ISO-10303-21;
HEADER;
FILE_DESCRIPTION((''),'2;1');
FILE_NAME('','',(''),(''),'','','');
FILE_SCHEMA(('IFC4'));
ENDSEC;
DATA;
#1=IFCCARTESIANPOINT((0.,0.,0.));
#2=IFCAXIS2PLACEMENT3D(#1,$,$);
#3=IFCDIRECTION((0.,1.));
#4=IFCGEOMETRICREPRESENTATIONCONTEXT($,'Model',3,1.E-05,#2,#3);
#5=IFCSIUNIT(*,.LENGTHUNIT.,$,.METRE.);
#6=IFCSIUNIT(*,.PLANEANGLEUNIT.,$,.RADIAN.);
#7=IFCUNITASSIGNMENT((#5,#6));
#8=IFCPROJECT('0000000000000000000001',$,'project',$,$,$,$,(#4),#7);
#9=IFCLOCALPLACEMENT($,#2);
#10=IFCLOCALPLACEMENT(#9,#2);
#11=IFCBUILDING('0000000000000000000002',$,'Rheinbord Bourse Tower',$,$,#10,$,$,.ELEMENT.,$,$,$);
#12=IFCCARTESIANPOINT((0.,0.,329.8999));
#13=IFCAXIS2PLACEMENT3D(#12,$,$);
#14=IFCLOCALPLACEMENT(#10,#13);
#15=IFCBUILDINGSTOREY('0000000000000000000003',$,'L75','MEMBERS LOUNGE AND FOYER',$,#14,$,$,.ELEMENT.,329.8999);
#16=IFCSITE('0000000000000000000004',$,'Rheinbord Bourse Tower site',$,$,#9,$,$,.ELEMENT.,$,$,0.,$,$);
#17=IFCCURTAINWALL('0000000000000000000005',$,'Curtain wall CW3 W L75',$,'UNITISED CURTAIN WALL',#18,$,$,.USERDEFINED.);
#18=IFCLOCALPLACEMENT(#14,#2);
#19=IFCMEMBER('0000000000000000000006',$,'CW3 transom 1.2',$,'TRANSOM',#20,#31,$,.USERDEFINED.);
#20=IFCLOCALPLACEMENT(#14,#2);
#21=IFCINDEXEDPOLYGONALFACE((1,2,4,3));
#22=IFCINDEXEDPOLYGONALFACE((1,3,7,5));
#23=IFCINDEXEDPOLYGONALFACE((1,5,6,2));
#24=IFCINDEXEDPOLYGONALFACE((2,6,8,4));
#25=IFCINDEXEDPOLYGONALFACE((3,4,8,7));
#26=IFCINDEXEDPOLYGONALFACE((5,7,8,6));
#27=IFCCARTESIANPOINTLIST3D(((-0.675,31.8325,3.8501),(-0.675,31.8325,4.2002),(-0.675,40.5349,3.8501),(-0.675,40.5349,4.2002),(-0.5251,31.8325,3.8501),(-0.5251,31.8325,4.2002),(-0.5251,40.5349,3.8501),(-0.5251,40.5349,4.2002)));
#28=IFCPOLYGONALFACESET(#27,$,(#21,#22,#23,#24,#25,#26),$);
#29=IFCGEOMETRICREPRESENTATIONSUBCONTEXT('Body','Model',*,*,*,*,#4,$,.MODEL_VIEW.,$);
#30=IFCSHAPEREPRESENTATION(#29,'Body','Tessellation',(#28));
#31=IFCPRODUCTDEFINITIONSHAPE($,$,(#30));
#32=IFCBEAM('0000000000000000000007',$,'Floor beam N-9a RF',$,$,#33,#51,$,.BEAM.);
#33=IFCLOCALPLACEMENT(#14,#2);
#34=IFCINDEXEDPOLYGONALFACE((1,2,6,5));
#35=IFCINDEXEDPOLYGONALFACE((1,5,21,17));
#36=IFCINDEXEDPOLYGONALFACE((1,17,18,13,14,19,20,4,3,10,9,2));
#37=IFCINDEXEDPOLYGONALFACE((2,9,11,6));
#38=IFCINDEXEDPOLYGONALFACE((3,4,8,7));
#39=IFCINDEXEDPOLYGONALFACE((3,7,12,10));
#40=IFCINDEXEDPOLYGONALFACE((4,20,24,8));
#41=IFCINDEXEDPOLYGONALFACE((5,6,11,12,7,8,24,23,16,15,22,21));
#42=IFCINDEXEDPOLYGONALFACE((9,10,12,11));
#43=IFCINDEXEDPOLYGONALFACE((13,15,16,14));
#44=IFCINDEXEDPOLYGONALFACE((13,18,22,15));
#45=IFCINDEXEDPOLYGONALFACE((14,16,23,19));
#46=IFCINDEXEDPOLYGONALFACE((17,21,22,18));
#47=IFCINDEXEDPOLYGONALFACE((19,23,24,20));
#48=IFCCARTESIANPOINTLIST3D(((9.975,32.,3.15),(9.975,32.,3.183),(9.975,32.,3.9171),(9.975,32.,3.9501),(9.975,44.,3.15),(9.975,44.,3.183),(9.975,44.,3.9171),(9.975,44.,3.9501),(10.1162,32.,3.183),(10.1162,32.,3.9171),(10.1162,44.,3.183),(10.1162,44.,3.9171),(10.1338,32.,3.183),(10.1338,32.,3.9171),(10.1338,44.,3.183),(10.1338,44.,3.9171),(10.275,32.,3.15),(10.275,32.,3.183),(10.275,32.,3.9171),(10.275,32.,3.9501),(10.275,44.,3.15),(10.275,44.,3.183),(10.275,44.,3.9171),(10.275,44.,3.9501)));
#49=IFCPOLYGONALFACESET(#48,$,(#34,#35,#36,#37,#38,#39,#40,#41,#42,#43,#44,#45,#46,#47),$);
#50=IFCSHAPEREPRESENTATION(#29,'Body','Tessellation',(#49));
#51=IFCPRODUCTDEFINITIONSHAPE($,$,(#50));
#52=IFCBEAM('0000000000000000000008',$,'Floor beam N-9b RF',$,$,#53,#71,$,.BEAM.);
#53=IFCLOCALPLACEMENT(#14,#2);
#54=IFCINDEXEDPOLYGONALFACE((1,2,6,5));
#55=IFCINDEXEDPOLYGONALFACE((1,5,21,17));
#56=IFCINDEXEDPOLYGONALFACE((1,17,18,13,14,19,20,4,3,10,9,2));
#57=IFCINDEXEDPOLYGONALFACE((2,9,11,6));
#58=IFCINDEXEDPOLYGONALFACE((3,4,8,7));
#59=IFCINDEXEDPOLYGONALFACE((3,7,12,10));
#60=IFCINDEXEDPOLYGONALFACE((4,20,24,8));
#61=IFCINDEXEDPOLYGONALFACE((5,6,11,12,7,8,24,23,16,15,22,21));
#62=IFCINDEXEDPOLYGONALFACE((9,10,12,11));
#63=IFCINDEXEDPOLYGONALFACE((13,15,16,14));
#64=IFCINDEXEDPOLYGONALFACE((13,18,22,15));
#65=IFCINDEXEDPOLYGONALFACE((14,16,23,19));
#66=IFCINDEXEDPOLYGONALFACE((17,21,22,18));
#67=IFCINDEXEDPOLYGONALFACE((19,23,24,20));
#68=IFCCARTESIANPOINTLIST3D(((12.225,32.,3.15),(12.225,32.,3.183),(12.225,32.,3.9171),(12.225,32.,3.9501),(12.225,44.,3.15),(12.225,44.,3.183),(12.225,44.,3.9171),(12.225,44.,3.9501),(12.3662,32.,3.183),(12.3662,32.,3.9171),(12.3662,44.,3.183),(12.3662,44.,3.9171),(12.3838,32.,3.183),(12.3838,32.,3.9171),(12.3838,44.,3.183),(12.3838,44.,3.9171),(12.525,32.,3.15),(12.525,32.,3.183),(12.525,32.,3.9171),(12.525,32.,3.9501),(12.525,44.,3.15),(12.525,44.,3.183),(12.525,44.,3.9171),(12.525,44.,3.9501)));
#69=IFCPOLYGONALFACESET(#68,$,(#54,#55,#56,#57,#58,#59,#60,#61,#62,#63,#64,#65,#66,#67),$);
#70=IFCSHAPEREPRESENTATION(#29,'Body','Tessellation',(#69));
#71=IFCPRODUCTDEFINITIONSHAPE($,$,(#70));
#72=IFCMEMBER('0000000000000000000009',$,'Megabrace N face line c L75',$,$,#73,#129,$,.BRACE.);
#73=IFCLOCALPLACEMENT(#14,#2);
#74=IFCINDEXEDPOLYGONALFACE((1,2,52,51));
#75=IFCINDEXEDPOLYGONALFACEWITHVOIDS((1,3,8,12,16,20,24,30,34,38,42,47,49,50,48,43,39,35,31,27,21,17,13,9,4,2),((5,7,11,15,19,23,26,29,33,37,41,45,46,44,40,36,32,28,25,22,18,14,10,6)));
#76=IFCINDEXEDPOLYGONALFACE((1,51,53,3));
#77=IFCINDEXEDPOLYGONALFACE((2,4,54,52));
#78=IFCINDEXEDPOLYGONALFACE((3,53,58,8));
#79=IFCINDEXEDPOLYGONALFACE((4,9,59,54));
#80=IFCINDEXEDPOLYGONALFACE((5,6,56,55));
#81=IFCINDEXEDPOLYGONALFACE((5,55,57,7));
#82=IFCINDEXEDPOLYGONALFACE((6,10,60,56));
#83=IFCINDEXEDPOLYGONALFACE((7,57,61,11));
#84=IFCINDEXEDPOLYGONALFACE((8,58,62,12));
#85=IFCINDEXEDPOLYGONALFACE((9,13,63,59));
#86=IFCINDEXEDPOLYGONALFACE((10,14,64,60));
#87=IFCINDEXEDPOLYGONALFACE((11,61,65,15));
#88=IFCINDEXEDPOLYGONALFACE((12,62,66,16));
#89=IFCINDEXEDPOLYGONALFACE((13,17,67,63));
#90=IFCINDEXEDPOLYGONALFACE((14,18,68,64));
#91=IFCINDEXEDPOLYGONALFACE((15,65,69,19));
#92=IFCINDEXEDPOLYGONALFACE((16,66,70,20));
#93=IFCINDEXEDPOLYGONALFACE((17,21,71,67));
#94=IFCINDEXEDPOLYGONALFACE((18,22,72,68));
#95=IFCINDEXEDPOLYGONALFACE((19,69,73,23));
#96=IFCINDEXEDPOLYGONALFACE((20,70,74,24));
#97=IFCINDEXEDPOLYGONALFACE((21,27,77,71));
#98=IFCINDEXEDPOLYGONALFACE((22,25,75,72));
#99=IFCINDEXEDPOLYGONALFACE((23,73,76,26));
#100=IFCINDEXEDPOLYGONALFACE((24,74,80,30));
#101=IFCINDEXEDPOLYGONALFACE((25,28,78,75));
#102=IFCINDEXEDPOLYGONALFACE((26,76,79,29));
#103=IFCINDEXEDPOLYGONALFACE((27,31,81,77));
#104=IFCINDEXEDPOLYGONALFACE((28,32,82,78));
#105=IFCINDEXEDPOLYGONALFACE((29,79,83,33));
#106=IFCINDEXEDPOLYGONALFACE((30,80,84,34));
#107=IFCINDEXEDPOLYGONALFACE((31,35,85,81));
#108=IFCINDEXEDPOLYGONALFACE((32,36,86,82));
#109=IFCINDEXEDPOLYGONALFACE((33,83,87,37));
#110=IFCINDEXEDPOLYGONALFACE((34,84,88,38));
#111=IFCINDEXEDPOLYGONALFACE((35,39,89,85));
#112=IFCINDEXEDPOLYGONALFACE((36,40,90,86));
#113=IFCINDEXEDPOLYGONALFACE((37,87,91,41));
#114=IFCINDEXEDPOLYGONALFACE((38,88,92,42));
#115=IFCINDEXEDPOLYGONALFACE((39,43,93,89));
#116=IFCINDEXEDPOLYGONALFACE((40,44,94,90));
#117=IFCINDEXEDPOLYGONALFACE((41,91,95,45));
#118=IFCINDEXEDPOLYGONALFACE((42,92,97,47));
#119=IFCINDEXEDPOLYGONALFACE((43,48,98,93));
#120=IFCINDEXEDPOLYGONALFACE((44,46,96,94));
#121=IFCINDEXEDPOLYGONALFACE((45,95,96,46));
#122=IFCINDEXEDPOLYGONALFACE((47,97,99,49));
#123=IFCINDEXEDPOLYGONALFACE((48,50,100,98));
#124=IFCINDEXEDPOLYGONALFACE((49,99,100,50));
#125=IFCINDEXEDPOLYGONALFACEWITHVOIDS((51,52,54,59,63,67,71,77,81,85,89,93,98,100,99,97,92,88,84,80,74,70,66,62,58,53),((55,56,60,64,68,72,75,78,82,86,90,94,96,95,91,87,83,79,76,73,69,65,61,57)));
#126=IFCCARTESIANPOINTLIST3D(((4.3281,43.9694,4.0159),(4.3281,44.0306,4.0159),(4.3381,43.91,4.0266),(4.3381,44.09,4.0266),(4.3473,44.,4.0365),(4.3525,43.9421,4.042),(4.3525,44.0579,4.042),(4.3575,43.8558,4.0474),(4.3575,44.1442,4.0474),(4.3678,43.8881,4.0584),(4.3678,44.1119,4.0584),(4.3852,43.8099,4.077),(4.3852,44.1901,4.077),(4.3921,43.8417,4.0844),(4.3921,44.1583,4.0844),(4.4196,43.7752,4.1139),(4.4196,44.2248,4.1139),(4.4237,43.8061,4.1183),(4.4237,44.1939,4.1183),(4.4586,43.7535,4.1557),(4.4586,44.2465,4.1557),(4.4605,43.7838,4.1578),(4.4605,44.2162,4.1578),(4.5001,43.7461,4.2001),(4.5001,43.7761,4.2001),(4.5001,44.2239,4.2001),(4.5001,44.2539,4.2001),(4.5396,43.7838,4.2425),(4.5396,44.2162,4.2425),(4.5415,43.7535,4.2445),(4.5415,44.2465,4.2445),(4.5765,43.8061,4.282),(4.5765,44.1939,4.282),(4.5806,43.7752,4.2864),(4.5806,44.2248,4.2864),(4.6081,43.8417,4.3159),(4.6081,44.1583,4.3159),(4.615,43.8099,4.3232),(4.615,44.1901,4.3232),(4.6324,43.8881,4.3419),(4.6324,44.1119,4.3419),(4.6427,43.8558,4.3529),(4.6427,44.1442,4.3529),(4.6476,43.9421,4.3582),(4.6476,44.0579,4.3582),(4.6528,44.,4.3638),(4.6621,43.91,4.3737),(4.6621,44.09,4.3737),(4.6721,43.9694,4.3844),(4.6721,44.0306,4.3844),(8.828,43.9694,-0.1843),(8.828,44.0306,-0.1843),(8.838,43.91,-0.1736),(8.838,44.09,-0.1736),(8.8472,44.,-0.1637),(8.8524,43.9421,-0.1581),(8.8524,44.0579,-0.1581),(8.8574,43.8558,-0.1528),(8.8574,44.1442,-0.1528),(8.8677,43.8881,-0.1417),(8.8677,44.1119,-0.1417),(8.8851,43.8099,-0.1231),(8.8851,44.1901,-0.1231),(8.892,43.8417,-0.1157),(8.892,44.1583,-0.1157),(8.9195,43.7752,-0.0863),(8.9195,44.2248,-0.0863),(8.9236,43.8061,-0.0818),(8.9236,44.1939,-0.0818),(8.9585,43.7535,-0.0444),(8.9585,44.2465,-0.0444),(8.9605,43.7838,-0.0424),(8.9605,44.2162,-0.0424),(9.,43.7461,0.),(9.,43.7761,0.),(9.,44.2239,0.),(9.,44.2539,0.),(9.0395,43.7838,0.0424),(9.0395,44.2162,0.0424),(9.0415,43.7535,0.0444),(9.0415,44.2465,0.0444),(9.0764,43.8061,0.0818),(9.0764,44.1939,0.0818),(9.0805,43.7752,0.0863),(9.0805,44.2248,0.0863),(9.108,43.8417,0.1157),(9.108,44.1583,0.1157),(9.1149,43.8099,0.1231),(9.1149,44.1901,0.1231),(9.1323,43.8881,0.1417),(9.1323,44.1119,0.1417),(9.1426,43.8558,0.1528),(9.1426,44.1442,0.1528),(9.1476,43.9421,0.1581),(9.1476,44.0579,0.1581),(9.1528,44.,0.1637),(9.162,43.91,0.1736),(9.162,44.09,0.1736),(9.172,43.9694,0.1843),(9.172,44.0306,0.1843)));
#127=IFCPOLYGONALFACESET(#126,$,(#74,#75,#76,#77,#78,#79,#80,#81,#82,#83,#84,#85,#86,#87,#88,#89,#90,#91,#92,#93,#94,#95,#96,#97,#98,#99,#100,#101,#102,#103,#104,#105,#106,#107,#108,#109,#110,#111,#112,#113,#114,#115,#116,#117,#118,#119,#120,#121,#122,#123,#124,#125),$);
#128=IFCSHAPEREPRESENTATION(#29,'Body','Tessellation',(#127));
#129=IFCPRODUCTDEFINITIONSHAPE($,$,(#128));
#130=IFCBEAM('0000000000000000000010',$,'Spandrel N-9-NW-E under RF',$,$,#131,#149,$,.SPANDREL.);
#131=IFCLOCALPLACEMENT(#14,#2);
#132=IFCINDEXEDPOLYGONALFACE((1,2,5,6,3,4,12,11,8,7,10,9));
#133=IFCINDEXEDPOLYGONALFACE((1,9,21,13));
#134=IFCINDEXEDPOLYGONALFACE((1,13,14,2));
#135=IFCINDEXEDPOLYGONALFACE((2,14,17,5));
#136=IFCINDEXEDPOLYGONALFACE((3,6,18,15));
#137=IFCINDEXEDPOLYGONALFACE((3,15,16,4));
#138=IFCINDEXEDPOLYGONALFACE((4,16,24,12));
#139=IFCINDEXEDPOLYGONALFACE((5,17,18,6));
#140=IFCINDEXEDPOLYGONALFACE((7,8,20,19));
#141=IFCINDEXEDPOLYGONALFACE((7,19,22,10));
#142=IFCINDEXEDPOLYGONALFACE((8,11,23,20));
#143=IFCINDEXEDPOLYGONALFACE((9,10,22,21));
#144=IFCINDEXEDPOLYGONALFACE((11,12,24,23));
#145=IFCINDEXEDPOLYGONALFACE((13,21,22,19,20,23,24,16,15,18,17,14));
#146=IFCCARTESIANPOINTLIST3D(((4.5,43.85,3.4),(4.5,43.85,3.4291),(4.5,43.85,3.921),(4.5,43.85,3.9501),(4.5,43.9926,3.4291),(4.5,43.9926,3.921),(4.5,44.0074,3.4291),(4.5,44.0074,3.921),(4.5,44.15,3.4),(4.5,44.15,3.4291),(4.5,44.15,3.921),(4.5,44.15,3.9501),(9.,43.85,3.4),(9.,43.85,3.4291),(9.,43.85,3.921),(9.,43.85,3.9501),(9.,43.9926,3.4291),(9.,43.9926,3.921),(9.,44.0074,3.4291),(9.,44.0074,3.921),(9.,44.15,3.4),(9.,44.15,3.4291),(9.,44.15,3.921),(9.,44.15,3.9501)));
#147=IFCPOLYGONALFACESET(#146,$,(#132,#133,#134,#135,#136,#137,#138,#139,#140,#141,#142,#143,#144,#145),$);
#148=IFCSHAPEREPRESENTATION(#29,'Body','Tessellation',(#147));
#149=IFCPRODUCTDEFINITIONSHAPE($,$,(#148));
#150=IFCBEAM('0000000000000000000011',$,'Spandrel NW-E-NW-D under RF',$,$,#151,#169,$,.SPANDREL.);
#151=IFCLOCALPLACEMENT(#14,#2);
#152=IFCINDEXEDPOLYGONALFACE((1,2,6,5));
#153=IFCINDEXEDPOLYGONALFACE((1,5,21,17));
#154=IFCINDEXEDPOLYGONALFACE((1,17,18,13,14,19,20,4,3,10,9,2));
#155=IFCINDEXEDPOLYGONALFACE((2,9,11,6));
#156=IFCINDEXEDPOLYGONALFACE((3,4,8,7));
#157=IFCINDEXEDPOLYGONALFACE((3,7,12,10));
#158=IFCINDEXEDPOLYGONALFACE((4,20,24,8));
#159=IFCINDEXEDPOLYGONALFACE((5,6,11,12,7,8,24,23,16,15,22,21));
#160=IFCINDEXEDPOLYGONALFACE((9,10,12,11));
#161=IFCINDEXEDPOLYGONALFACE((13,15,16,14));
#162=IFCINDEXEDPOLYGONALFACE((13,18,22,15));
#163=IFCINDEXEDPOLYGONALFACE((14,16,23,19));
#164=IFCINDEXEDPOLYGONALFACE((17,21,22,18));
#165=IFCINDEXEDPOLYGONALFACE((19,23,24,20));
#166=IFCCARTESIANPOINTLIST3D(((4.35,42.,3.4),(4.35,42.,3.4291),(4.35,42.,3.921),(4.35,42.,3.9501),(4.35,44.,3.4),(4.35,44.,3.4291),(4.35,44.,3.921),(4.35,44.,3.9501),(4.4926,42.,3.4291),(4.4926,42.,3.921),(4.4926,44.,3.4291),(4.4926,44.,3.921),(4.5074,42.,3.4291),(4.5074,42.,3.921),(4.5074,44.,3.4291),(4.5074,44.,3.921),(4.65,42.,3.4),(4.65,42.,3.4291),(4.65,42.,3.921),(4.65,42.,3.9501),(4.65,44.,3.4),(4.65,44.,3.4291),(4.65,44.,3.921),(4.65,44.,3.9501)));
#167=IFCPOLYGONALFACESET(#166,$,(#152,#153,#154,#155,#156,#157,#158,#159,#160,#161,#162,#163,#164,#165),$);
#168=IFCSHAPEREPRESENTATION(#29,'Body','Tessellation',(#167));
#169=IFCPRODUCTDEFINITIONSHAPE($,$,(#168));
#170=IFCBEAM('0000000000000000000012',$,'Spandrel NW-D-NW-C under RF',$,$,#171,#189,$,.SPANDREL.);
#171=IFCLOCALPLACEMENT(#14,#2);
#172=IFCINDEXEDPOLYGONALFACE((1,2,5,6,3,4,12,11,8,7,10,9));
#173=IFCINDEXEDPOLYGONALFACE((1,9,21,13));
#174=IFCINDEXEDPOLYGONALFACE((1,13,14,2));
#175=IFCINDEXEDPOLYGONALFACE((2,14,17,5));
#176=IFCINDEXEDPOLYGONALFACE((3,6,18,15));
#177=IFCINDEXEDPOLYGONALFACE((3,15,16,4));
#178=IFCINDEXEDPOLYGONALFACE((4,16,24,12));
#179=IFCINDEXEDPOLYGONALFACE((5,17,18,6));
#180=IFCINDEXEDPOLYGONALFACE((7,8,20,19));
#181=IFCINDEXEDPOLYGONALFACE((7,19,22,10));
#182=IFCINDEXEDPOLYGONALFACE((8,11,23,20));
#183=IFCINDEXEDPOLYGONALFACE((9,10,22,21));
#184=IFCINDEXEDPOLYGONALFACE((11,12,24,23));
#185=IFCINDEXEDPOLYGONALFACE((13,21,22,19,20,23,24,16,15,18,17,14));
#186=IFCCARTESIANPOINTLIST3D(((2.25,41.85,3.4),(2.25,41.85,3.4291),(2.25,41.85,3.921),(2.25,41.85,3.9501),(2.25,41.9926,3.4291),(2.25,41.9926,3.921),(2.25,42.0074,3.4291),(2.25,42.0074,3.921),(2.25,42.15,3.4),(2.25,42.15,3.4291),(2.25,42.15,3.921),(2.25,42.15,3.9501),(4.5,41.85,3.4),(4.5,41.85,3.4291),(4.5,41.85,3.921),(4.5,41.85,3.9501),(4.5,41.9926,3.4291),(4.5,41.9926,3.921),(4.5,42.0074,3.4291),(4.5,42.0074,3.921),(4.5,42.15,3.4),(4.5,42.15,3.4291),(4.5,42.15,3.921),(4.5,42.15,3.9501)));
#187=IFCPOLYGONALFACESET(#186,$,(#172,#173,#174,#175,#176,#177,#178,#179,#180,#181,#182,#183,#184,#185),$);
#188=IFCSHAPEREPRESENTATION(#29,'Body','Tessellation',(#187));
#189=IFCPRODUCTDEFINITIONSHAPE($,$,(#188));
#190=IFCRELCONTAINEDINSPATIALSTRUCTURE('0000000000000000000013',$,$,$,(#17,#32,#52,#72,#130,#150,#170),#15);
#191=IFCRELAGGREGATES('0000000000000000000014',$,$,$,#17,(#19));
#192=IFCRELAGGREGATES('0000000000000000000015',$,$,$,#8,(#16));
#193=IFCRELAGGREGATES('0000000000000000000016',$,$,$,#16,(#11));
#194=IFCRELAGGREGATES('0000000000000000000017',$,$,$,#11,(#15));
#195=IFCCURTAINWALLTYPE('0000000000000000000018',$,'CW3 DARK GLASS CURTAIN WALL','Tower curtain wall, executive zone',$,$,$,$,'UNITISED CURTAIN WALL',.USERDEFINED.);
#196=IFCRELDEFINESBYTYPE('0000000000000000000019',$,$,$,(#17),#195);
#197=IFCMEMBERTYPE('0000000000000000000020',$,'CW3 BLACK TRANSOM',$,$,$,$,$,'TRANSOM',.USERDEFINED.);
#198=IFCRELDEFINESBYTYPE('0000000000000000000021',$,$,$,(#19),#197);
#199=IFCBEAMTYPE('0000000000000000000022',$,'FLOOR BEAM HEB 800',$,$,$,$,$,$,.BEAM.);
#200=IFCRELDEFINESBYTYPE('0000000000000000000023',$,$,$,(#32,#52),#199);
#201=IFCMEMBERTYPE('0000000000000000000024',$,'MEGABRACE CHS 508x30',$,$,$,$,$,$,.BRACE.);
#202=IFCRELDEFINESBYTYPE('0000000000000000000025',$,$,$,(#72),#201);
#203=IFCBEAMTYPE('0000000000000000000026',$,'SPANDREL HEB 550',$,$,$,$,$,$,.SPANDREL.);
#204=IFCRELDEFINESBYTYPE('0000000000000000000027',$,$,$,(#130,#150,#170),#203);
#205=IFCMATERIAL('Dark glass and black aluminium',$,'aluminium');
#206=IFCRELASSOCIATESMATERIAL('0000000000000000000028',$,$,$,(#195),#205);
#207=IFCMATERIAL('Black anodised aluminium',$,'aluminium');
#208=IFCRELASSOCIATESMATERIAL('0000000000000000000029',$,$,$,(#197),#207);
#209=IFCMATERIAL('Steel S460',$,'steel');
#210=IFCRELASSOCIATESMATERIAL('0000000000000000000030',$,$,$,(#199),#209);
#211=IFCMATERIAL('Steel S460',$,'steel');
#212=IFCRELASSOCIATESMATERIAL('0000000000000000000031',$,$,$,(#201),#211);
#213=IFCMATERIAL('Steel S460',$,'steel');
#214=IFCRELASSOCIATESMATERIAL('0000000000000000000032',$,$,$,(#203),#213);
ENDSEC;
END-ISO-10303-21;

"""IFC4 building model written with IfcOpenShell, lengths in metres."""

from ifc_helpers import new_model, si_unit, direction, frame, origin, origin_2d, place, context, subcontext, project, spatial, rectangle, hollow_circle, i_section, extrude, material, material_profile, profile_set, type_object, element, aggregate, save


model = new_model("IFC4")

# Units and contexts
model_context = context("Model", 3, precision=1e-05, world=origin(), true_north=direction((0.0, 1.0)))
body_context = subcontext(model_context, "Body", "Model", "MODEL_VIEW")
ifc_project = project(units=[si_unit("LENGTHUNIT", "METRE"), si_unit("PLANEANGLEUNIT", "RADIAN")], contexts=[model_context])

# Site, building, storey
site_placement = place(None, origin())
site = spatial("IfcSite", under=ifc_project, at=site_placement, Name="Rheinbord Bourse Tower site", CompositionType="ELEMENT", RefElevation=0.0)
building_placement = place(site_placement, origin())
building = spatial("IfcBuilding", under=site, at=building_placement, Name="Rheinbord Bourse Tower", CompositionType="ELEMENT")
storey_placement = place(building_placement, frame((0.0, 0.0, 329.8999)))
storey = spatial("IfcBuildingStorey", under=building, at=storey_placement, Name="L75", Description="MEMBERS LOUNGE AND FOYER", CompositionType="ELEMENT", Elevation=329.8999)

# Shared definitions
ifc_material_1 = material(Name="Dark glass and black aluminium", Category="aluminium")
curtain_wall_type = type_object("IfcCurtainWallType", Name="CW3 DARK GLASS CURTAIN WALL", Description="Tower curtain wall, executive zone", ElementType="UNITISED CURTAIN WALL", PredefinedType="USERDEFINED", material=ifc_material_1)

# Curtain wall
curtain_wall_1_placement = place(storey_placement, origin())
curtain_wall_1 = element("IfcCurtainWall", 1, at=curtain_wall_1_placement, inside=storey, type_object=curtain_wall_type, Name="Curtain wall CW3 W L75", ObjectType="UNITISED CURTAIN WALL", PredefinedType="USERDEFINED")

# Member
ifc_material_2 = material(Name="Black anodised aluminium", Category="aluminium")
ifc_material_profile_1 = material_profile(ifc_material_2, rectangle(XDim=0.1499, YDim=0.3501, at=origin_2d()), Name="CW3 TRANSOM 350x150")
ifc_profile_set_1 = profile_set([ifc_material_profile_1], Name="Black anodised aluminium")
member_type_1 = type_object("IfcMemberType", Name="CW3 BLACK TRANSOM", ElementType="TRANSOM", PredefinedType="USERDEFINED", material=ifc_profile_set_1)
member_1_placement = place(storey_placement, frame((-0.6001, 40.5349, 4.0251), z_axis=(0.0, -1.0, 0.0), x_axis=(1.0, 0.0, 0.0)))
member_1 = element("IfcMember", 2, at=member_1_placement, type_object=member_type_1, Name="CW3 transom 1.2", ObjectType="TRANSOM", PredefinedType="USERDEFINED", context=body_context, shape_type="SweptSolid", body=[
    extrude(rectangle(XDim=0.1499, YDim=0.3501, at=origin_2d()), origin(), (0.0, 0.0, 1.0), 8.7024),
])

# Beams
ifc_material_3 = material(Name="Steel S460", Category="steel")
ifc_material_profile_2 = material_profile(ifc_material_3, i_section(OverallWidth=0.3, OverallDepth=0.8, WebThickness=0.0176, FlangeThickness=0.033, at=origin_2d()), Name="HEB 800")
ifc_profile_set_2 = profile_set([ifc_material_profile_2], Name="Steel S460")
beam_type_1 = type_object("IfcBeamType", Name="FLOOR BEAM HEB 800", PredefinedType="BEAM", material=ifc_profile_set_2)
for number, where, z_axis, x_axis, name in (
    (3, (10.125, 44.0, 3.55), (0.0, -1.0, 0.0), (1.0, 0.0, 0.0), "Floor beam N-9a RF"),
    (4, (12.375, 44.0, 3.55), (0.0, -1.0, 0.0), (1.0, 0.0, 0.0), "Floor beam N-9b RF"),
):
    element("IfcBeam", number, at=place(storey_placement, frame(where, z_axis=z_axis, x_axis=x_axis)), inside=storey, type_object=beam_type_1, Name=name, PredefinedType="BEAM", context=body_context, shape_type="SweptSolid", body=[
        extrude(i_section(OverallWidth=0.3, OverallDepth=0.8, WebThickness=0.0176, FlangeThickness=0.033, at=origin_2d()), origin(), (0.0, 0.0, 1.0), 12.0),
    ])

# Member
ifc_material_4 = material(Name="Steel S460", Category="steel")
ifc_material_profile_3 = material_profile(ifc_material_4, hollow_circle(Radius=0.2539, WallThickness=0.03, at=origin_2d()), Name="CHS 508x30")
ifc_profile_set_3 = profile_set([ifc_material_profile_3], Name="Steel S460")
member_type_2 = type_object("IfcMemberType", Name="MEGABRACE CHS 508x30", PredefinedType="BRACE", material=ifc_profile_set_3)
member_2_placement = place(storey_placement, frame((9.0, 44.0, 0.0), z_axis=(-0.731039, 0.0, 0.682335), x_axis=(0.0, -1.0, 0.0)))
element("IfcMember", 5, at=member_2_placement, inside=storey, type_object=member_type_2, Name="Megabrace N face line c L75", PredefinedType="BRACE", context=body_context, shape_type="SweptSolid", body=[
    extrude(hollow_circle(Radius=0.2539, WallThickness=0.03, at=origin_2d()), origin(), (0.0, 0.0, 1.0), 6.1555),
])

# Beams
ifc_material_5 = material(Name="Steel S460", Category="steel")
ifc_material_profile_4 = material_profile(ifc_material_5, i_section(OverallWidth=0.3, OverallDepth=0.55, WebThickness=0.0149, FlangeThickness=0.0291, at=origin_2d()), Name="HEB 550")
ifc_profile_set_4 = profile_set([ifc_material_profile_4], Name="Steel S460")
beam_type_2 = type_object("IfcBeamType", Name="SPANDREL HEB 550", PredefinedType="SPANDREL", material=ifc_profile_set_4)
beam_1_placement = place(storey_placement, frame((9.0, 44.0, 3.675), z_axis=(-1.0, 0.0, 0.0), x_axis=(0.0, -1.0, 0.0)))
element("IfcBeam", 6, at=beam_1_placement, inside=storey, type_object=beam_type_2, Name="Spandrel N-9-NW-E under RF", PredefinedType="SPANDREL", context=body_context, shape_type="SweptSolid", body=[
    extrude(i_section(OverallWidth=0.3, OverallDepth=0.55, WebThickness=0.0149, FlangeThickness=0.0291, at=origin_2d()), origin(), (0.0, 0.0, 1.0), 4.5),
])
beam_2_placement = place(storey_placement, frame((4.5, 44.0, 3.675), z_axis=(0.0, -1.0, 0.0), x_axis=(1.0, 0.0, 0.0)))
element("IfcBeam", 7, at=beam_2_placement, inside=storey, type_object=beam_type_2, Name="Spandrel NW-E-NW-D under RF", PredefinedType="SPANDREL", context=body_context, shape_type="SweptSolid", body=[
    extrude(i_section(OverallWidth=0.3, OverallDepth=0.55, WebThickness=0.0149, FlangeThickness=0.0291, at=origin_2d()), origin(), (0.0, 0.0, 1.0), 2.0),
])
beam_3_placement = place(storey_placement, frame((4.5, 42.0, 3.675), z_axis=(-1.0, 0.0, 0.0), x_axis=(0.0, -1.0, 0.0)))
element("IfcBeam", 8, at=beam_3_placement, inside=storey, type_object=beam_type_2, Name="Spandrel NW-D-NW-C under RF", PredefinedType="SPANDREL", context=body_context, shape_type="SweptSolid", body=[
    extrude(i_section(OverallWidth=0.3, OverallDepth=0.55, WebThickness=0.0149, FlangeThickness=0.0291, at=origin_2d()), origin(), (0.0, 0.0, 1.0), 2.25),
])

aggregate(curtain_wall_1, [member_1])

save(model, "model.ifc")
